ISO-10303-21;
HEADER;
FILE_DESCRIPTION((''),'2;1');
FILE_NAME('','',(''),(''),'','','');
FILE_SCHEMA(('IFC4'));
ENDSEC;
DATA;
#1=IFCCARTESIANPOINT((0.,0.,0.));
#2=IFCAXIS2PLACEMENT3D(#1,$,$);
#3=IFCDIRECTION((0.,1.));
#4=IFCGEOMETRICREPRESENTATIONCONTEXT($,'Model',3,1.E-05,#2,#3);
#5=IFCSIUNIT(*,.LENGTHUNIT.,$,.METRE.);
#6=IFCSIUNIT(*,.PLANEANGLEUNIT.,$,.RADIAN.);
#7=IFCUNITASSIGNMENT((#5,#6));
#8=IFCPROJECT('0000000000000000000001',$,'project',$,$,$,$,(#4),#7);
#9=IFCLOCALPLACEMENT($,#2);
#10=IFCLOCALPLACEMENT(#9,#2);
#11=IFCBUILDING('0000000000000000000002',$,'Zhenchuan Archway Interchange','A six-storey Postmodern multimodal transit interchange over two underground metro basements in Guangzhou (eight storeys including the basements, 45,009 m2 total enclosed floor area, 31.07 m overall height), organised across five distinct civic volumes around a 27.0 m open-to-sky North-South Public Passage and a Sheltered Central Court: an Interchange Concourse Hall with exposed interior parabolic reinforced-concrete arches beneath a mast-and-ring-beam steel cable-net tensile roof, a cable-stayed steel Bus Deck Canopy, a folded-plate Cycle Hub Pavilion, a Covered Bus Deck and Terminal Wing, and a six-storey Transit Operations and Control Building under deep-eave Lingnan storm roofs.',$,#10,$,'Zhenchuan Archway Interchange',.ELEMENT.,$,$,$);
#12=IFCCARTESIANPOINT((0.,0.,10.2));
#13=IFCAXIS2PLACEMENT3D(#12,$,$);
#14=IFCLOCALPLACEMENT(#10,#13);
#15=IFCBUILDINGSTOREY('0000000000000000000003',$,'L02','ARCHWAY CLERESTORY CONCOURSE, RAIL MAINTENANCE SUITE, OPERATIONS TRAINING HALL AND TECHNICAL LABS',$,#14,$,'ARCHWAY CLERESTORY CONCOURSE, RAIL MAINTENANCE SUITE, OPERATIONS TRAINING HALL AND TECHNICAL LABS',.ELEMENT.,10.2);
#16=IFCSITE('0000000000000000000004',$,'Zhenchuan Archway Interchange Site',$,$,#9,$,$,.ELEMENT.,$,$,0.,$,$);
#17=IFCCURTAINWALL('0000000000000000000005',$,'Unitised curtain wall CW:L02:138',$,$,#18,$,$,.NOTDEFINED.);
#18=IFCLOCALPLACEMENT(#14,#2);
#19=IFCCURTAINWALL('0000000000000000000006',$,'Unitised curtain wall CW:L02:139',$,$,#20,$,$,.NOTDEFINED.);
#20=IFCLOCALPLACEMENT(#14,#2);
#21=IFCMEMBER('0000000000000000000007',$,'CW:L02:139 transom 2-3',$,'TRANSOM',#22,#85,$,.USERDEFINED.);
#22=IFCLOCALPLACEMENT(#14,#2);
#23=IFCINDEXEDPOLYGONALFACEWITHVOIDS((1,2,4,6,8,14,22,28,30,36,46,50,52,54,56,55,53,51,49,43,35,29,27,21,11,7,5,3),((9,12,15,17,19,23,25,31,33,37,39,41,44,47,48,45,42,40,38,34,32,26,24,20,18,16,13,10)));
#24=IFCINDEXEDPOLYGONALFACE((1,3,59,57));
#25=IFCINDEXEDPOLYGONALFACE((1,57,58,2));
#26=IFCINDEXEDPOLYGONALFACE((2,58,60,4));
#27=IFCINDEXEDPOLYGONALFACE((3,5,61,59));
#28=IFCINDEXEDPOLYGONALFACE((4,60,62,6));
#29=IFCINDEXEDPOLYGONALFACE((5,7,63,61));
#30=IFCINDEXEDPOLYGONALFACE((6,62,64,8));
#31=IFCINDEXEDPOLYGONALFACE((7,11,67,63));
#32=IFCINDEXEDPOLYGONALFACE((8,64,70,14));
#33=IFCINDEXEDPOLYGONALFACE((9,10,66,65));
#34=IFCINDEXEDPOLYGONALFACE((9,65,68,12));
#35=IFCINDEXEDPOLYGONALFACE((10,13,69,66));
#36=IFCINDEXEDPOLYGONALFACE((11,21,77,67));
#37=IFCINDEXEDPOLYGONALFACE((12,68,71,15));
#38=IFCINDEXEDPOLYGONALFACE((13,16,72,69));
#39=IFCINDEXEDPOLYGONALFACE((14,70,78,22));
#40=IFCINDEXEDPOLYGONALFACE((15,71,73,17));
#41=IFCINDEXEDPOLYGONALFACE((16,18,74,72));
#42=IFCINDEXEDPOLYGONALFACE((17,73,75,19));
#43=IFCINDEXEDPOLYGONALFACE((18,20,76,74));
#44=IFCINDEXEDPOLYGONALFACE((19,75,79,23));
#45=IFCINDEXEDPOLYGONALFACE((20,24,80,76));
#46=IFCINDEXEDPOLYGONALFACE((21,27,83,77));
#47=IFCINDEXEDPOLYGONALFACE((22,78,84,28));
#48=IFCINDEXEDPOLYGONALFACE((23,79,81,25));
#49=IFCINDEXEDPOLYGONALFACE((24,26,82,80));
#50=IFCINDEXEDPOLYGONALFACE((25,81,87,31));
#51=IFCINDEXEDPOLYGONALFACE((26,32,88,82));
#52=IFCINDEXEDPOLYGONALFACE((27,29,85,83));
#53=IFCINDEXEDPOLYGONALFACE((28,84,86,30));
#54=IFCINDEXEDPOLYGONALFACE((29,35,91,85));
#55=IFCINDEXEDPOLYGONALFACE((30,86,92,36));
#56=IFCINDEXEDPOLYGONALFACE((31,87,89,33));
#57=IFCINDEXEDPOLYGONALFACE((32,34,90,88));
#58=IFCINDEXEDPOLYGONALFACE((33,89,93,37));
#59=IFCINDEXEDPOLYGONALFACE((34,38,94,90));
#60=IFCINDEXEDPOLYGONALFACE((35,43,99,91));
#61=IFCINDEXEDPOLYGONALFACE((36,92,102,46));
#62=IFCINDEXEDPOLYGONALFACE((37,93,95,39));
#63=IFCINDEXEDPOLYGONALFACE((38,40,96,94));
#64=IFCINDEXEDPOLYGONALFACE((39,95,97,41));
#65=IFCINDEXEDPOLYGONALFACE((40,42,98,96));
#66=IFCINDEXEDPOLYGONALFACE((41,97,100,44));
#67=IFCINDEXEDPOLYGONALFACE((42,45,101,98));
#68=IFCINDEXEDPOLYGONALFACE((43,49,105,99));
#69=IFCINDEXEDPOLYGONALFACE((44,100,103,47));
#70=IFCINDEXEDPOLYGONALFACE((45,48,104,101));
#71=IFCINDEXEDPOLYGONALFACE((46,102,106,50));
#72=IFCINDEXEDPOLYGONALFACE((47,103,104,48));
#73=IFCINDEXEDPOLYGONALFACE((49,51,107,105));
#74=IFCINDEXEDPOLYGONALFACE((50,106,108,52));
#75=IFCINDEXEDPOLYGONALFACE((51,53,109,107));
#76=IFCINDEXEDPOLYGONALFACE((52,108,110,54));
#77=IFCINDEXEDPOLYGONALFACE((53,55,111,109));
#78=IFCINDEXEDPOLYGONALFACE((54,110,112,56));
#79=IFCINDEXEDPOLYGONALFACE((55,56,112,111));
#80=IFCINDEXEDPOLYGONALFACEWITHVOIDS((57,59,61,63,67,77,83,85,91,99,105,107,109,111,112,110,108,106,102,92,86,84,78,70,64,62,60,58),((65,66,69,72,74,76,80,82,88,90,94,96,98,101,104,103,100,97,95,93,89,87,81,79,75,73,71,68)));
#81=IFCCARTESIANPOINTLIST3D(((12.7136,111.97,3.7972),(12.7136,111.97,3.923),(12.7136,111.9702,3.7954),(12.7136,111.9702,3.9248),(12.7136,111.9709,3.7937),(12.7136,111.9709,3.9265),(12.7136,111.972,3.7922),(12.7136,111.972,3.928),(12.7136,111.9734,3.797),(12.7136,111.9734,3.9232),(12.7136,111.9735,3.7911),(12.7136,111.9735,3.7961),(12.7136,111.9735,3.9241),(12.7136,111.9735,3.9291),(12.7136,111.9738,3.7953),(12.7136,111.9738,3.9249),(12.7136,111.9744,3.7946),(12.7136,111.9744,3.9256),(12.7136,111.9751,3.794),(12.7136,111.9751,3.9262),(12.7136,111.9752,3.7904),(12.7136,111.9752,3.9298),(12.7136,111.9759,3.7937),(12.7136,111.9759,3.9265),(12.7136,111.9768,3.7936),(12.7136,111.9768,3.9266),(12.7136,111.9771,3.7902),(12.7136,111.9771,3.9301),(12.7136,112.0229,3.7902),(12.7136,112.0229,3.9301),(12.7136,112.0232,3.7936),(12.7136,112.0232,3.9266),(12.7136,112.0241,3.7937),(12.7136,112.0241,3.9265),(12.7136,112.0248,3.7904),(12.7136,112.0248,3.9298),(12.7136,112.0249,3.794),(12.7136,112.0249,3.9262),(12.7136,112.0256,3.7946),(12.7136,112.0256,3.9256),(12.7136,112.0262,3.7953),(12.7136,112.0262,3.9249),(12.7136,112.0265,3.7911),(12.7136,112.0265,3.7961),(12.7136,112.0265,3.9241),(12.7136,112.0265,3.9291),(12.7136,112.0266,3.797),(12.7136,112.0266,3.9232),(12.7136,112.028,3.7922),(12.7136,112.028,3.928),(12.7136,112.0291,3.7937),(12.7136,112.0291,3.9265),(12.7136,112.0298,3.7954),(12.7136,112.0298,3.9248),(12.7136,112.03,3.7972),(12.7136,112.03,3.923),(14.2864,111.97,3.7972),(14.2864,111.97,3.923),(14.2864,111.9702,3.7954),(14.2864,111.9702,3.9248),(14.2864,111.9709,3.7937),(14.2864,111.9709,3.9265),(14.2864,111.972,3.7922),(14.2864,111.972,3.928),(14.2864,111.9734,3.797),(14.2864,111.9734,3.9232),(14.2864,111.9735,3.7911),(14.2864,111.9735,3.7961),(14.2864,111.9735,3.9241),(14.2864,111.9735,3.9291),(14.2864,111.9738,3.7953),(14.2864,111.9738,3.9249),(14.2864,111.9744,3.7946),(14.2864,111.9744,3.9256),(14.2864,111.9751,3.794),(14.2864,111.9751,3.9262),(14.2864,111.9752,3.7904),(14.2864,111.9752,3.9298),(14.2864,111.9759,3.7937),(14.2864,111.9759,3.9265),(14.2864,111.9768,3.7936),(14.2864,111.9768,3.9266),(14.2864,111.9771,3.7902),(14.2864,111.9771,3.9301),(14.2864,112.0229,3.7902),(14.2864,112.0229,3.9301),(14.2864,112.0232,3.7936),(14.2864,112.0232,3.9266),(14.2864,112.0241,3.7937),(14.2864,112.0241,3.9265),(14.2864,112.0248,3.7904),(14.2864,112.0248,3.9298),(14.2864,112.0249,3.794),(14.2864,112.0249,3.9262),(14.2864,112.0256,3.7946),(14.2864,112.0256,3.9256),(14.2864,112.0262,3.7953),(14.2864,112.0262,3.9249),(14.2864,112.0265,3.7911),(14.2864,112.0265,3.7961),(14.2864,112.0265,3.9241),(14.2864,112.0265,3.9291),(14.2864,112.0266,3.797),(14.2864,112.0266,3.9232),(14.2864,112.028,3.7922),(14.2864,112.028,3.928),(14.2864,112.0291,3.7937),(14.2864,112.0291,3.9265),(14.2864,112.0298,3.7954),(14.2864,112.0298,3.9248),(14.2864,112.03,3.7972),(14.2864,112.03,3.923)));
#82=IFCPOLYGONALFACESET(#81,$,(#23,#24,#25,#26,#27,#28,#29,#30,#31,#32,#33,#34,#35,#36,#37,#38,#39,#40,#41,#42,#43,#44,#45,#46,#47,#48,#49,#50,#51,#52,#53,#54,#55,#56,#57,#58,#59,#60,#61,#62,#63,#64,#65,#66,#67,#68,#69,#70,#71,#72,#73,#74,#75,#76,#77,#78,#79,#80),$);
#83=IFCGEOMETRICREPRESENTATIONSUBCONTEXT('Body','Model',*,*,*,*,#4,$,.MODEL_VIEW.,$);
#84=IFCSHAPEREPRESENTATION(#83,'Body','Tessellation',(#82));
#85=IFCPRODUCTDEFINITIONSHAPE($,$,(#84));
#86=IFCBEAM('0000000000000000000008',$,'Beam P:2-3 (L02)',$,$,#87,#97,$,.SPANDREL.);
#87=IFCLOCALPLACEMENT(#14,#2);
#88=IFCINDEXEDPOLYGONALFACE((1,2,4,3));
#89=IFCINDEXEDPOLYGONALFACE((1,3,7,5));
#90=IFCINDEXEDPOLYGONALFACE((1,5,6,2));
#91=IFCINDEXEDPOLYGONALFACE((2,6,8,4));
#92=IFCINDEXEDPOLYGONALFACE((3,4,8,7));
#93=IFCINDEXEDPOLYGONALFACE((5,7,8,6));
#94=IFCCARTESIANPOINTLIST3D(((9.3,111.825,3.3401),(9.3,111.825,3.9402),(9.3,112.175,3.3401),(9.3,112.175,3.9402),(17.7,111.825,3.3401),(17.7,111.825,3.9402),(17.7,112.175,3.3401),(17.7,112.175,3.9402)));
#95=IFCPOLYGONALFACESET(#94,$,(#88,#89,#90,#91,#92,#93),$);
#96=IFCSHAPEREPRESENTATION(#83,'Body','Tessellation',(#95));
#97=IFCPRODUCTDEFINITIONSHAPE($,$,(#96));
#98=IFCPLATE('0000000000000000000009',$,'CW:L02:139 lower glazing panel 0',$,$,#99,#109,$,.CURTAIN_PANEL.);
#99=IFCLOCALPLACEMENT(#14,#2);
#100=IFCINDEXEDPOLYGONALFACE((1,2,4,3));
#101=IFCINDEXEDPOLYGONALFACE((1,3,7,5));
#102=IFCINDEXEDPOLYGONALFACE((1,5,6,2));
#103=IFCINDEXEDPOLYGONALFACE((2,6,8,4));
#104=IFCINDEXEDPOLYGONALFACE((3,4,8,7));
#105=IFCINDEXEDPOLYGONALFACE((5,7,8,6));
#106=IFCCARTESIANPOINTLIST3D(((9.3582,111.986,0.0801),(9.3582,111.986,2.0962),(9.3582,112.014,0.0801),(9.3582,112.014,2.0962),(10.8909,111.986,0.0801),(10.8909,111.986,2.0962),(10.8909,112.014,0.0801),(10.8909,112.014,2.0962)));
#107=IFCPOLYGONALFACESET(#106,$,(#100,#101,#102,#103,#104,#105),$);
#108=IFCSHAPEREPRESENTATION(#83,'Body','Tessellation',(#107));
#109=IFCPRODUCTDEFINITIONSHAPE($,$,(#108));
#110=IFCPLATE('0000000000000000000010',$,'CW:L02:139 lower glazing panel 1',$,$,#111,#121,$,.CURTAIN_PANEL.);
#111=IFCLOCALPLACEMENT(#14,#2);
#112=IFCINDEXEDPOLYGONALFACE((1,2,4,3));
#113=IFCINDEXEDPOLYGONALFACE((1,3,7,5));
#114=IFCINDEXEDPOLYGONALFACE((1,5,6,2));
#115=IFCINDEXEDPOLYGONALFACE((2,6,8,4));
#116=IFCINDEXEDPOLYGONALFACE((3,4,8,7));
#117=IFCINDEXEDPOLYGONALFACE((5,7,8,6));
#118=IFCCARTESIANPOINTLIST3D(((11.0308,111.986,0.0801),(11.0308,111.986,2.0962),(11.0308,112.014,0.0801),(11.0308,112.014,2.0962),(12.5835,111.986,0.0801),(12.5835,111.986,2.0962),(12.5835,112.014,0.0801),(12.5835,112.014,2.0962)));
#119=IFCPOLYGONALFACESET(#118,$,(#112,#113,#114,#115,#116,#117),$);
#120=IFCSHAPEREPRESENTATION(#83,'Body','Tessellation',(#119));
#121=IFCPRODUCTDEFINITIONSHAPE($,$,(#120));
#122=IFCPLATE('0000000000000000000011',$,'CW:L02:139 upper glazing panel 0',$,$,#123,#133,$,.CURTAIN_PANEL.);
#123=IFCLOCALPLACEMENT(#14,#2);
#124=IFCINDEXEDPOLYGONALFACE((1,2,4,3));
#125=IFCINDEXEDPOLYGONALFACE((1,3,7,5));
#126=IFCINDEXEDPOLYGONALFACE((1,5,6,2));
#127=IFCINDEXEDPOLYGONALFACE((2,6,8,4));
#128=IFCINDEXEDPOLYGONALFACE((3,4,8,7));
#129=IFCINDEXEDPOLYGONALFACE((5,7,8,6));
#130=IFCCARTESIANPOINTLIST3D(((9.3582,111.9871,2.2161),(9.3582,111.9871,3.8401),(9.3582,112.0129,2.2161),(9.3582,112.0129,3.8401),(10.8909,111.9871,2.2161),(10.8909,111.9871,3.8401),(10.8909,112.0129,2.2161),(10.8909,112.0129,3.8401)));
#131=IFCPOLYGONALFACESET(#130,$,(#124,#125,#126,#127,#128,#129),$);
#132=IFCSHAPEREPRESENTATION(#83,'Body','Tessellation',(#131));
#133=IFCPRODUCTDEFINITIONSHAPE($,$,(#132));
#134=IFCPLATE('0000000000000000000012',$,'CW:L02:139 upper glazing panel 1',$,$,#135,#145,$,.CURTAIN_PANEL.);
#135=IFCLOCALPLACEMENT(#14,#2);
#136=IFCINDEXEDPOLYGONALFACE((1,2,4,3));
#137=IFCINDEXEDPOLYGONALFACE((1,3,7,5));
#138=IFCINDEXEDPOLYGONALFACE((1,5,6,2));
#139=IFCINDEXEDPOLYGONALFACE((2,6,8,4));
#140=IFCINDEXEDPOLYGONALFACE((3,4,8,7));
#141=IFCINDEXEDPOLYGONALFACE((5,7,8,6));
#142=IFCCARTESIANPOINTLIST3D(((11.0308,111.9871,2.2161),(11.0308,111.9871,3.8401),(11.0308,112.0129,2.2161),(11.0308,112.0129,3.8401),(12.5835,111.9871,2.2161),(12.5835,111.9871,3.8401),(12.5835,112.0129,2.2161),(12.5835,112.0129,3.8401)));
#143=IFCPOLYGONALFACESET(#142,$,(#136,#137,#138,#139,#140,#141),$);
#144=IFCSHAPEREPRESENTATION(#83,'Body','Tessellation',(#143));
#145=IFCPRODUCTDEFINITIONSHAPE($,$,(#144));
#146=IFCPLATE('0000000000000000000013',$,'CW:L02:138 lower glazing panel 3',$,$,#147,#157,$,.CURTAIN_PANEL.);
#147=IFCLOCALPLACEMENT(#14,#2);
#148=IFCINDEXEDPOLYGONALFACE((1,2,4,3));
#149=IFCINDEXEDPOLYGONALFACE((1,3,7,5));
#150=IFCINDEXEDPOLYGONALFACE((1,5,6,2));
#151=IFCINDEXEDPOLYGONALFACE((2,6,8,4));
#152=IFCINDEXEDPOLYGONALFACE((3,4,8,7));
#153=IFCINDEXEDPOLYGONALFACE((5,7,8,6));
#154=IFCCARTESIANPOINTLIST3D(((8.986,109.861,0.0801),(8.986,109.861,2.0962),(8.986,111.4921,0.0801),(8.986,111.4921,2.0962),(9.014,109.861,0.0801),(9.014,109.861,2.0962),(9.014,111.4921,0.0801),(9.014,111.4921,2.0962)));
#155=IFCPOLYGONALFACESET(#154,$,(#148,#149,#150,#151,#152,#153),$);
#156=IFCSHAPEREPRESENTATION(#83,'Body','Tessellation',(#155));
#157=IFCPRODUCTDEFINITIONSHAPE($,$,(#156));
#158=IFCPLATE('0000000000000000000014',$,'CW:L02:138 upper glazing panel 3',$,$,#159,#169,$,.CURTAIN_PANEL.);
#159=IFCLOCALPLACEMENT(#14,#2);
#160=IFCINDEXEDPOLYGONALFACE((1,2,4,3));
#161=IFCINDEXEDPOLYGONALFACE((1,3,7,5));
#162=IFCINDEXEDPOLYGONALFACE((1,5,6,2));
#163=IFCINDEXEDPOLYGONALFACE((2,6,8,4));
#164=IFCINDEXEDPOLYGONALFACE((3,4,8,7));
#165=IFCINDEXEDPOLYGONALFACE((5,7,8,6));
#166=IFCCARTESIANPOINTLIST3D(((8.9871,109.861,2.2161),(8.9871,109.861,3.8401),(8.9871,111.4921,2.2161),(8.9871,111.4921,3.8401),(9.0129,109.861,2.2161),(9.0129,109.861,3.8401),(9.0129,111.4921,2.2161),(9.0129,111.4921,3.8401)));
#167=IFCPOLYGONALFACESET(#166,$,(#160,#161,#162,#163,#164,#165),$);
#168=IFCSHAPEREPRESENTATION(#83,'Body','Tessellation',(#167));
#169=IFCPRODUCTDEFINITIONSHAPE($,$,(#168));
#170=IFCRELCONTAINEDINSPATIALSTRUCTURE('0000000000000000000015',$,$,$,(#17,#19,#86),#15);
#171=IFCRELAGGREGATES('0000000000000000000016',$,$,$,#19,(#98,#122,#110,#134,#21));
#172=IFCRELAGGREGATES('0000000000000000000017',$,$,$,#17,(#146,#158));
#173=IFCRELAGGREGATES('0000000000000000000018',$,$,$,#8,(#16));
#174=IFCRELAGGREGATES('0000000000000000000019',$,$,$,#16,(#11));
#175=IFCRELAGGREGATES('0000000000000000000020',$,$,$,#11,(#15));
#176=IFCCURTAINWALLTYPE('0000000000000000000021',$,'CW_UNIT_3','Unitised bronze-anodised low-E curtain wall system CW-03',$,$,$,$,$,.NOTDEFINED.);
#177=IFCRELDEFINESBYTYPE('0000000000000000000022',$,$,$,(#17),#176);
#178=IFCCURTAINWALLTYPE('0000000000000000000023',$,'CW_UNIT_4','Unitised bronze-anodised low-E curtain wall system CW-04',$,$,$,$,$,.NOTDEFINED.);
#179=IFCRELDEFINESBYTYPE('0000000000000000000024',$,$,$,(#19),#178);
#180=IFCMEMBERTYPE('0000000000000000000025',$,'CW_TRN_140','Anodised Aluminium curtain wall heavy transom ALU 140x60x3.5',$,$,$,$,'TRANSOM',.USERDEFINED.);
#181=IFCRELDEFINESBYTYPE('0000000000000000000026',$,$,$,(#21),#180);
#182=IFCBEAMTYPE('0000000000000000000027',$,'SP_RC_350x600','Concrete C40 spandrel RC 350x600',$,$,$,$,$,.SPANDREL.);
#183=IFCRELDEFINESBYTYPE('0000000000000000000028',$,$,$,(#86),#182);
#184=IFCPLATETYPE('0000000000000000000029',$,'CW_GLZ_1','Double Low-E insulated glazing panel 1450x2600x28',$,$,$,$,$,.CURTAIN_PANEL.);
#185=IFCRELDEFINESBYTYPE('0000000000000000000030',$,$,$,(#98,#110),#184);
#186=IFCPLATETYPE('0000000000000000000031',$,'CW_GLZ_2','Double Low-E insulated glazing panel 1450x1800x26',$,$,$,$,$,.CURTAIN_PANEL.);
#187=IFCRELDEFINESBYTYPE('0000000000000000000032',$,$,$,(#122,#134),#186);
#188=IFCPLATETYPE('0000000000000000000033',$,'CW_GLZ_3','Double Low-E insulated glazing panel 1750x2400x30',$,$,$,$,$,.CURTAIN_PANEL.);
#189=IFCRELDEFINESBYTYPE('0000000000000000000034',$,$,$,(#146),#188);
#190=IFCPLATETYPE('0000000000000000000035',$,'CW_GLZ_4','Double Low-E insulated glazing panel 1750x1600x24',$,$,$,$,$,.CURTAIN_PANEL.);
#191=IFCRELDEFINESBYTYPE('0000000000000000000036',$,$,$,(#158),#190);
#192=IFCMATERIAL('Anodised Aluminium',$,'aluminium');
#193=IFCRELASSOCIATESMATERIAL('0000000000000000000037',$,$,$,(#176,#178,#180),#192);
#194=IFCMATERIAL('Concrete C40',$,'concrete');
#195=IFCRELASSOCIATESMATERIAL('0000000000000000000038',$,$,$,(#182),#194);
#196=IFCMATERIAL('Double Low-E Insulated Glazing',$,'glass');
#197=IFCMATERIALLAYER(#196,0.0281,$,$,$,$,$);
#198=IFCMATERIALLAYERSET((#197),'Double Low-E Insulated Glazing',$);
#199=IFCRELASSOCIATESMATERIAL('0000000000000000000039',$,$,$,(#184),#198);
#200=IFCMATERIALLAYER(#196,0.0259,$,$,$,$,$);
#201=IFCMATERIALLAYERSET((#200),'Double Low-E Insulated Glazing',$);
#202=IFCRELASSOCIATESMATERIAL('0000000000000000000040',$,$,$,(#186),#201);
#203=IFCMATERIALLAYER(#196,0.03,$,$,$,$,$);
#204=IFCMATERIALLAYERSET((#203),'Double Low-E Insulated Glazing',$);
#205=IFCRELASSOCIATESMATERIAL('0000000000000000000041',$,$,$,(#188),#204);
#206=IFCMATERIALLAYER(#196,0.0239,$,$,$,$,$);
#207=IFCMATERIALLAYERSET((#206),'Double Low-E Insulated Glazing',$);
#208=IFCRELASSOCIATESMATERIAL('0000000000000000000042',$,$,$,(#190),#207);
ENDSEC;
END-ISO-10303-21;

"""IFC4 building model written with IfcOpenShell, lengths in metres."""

from ifc_helpers import new_model, si_unit, direction, frame, origin, origin_2d, place, context, subcontext, project, spatial, rectangle, hollow_rectangle, extrude, material, layer, layer_set, material_profile, profile_set, type_object, element, aggregate, save


model = new_model("IFC4")

# Units and contexts
model_context = context("Model", 3, precision=1e-05, world=origin(), true_north=direction((0.0, 1.0)))
body_context = subcontext(model_context, "Body", "Model", "MODEL_VIEW")
ifc_project = project(units=[si_unit("LENGTHUNIT", "METRE"), si_unit("PLANEANGLEUNIT", "RADIAN")], contexts=[model_context])

# Site, building, storey
site_placement = place(None, origin())
site = spatial("IfcSite", under=ifc_project, at=site_placement, Name="Zhenchuan Archway Interchange Site", CompositionType="ELEMENT", RefElevation=0.0)
building_placement = place(site_placement, origin())
building = spatial("IfcBuilding", under=site, at=building_placement, Name="Zhenchuan Archway Interchange", Description="A six-storey Postmodern multimodal transit interchange over two underground metro basements in Guangzhou (eight storeys including the basements, 45,009 m2 total enclosed floor area, 31.07 m overall height), organised across five distinct civic volumes around a 27.0 m open-to-sky North-South Public Passage and a Sheltered Central Court: an Interchange Concourse Hall with exposed interior parabolic reinforced-concrete arches beneath a mast-and-ring-beam steel cable-net tensile roof, a cable-stayed steel Bus Deck Canopy, a folded-plate Cycle Hub Pavilion, a Covered Bus Deck and Terminal Wing, and a six-storey Transit Operations and Control Building under deep-eave Lingnan storm roofs.", LongName="Zhenchuan Archway Interchange", CompositionType="ELEMENT")
storey_placement = place(building_placement, frame((0.0, 0.0, 10.2)))
storey = spatial("IfcBuildingStorey", under=building, at=storey_placement, Name="L02", Description="ARCHWAY CLERESTORY CONCOURSE, RAIL MAINTENANCE SUITE, OPERATIONS TRAINING HALL AND TECHNICAL LABS", LongName="ARCHWAY CLERESTORY CONCOURSE, RAIL MAINTENANCE SUITE, OPERATIONS TRAINING HALL AND TECHNICAL LABS", CompositionType="ELEMENT", Elevation=10.2)

# Shared definitions
ifc_material_1 = material(Name="Concrete C40", Category="concrete")

# Curtain wall
ifc_material_2 = material(Name="Anodised Aluminium", Category="aluminium")
curtain_wall_type_1 = type_object("IfcCurtainWallType", Name="CW_UNIT_3", Description="Unitised bronze-anodised low-E curtain wall system CW-03", PredefinedType="NOTDEFINED", material=ifc_material_2)
curtain_wall_1_placement = place(storey_placement, origin())
curtain_wall_1 = element("IfcCurtainWall", 1, at=curtain_wall_1_placement, inside=storey, type_object=curtain_wall_type_1, Name="Unitised curtain wall CW:L02:138", PredefinedType="NOTDEFINED")

# Curtain wall, member
curtain_wall_type_2 = type_object("IfcCurtainWallType", Name="CW_UNIT_4", Description="Unitised bronze-anodised low-E curtain wall system CW-04", PredefinedType="NOTDEFINED", material=ifc_material_2)
curtain_wall_2_placement = place(storey_placement, origin())
curtain_wall_2 = element("IfcCurtainWall", 2, at=curtain_wall_2_placement, inside=storey, type_object=curtain_wall_type_2, Name="Unitised curtain wall CW:L02:139", PredefinedType="NOTDEFINED")
ifc_material_profile_1 = material_profile(ifc_material_2, hollow_rectangle(XDim=0.0601, YDim=0.1399, WallThickness=0.0034, InnerFilletRadius=0.0034, OuterFilletRadius=0.0071, at=origin_2d()), Name="ALU 140x60x3.5")
ifc_profile_set_1 = profile_set([ifc_material_profile_1], Name="Anodised Aluminium")
member_type_1 = type_object("IfcMemberType", Name="CW_TRN_140", Description="Anodised Aluminium curtain wall heavy transom ALU 140x60x3.5", ElementType="TRANSOM", PredefinedType="USERDEFINED", material=ifc_profile_set_1)
member_1_placement = place(storey_placement, frame((12.7136, 112.0, 3.8601), z_axis=(1.0, 0.0, 0.0), x_axis=(0.0, 1.0, 0.0)))
member_1 = element("IfcMember", 3, at=member_1_placement, type_object=member_type_1, Name="CW:L02:139 transom 2-3", ObjectType="TRANSOM", PredefinedType="USERDEFINED", context=body_context, shape_type="SweptSolid", body=[
    extrude(hollow_rectangle(XDim=0.0601, YDim=0.1399, WallThickness=0.0034, InnerFilletRadius=0.0034, OuterFilletRadius=0.0071, at=origin_2d()), origin(), (0.0, 0.0, 1.0), 1.5728),
])

# Beam
ifc_material_profile_2 = material_profile(ifc_material_1, rectangle(XDim=0.3501, YDim=0.6001, at=origin_2d()), Name="RC 350x600")
ifc_profile_set_2 = profile_set([ifc_material_profile_2], Name="Concrete C40")
beam_type = type_object("IfcBeamType", Name="SP_RC_350x600", Description="Concrete C40 spandrel RC 350x600", PredefinedType="SPANDREL", material=ifc_profile_set_2)
beam_placement = place(storey_placement, frame((9.3, 112.0, 3.6401), z_axis=(1.0, 0.0, 0.0), x_axis=(0.0, 1.0, 0.0)))
element("IfcBeam", 4, at=beam_placement, inside=storey, type_object=beam_type, Name="Beam P:2-3 (L02)", PredefinedType="SPANDREL", context=body_context, shape_type="SweptSolid", body=[
    extrude(rectangle(XDim=0.3501, YDim=0.6001, at=origin_2d()), origin(), (0.0, 0.0, 1.0), 8.3999),
])

# Plates
ifc_material_3 = material(Name="Double Low-E Insulated Glazing", Category="glass")
ifc_layer_1 = layer(ifc_material_3, 0.0281)
ifc_layer_set_1 = layer_set([ifc_layer_1], Name="Double Low-E Insulated Glazing")
plate_type_1 = type_object("IfcPlateType", Name="CW_GLZ_1", Description="Double Low-E insulated glazing panel 1450x2600x28", PredefinedType="CURTAIN_PANEL", material=ifc_layer_set_1)
plate_1_placement = place(storey_placement, frame((10.1245, 112.0, 0.0801), z_axis=(0.0, 0.0, 1.0), x_axis=(1.0, 0.0, 0.0)))
plate_1 = element("IfcPlate", 5, at=plate_1_placement, type_object=plate_type_1, Name="CW:L02:139 lower glazing panel 0", PredefinedType="CURTAIN_PANEL", context=body_context, shape_type="SweptSolid", body=[
    extrude(rectangle(XDim=1.5327, YDim=0.0281, at=origin_2d()), origin(), (0.0, 0.0, 1.0), 2.0161),
])
plate_2_placement = place(storey_placement, frame((11.8071, 112.0, 0.0801), z_axis=(0.0, 0.0, 1.0), x_axis=(1.0, 0.0, 0.0)))
plate_2 = element("IfcPlate", 6, at=plate_2_placement, type_object=plate_type_1, Name="CW:L02:139 lower glazing panel 1", PredefinedType="CURTAIN_PANEL", context=body_context, shape_type="SweptSolid", body=[
    extrude(rectangle(XDim=1.5527, YDim=0.0281, at=origin_2d()), origin(), (0.0, 0.0, 1.0), 2.0161),
])
ifc_layer_2 = layer(ifc_material_3, 0.0259)
ifc_layer_set_2 = layer_set([ifc_layer_2], Name="Double Low-E Insulated Glazing")
plate_type_2 = type_object("IfcPlateType", Name="CW_GLZ_2", Description="Double Low-E insulated glazing panel 1450x1800x26", PredefinedType="CURTAIN_PANEL", material=ifc_layer_set_2)
plate_3_placement = place(storey_placement, frame((10.1245, 112.0, 2.2161), z_axis=(0.0, 0.0, 1.0), x_axis=(1.0, 0.0, 0.0)))
plate_3 = element("IfcPlate", 7, at=plate_3_placement, type_object=plate_type_2, Name="CW:L02:139 upper glazing panel 0", PredefinedType="CURTAIN_PANEL", context=body_context, shape_type="SweptSolid", body=[
    extrude(rectangle(XDim=1.5327, YDim=0.0259, at=origin_2d()), origin(), (0.0, 0.0, 1.0), 1.624),
])
plate_4_placement = place(storey_placement, frame((11.8071, 112.0, 2.2161), z_axis=(0.0, 0.0, 1.0), x_axis=(1.0, 0.0, 0.0)))
plate_4 = element("IfcPlate", 8, at=plate_4_placement, type_object=plate_type_2, Name="CW:L02:139 upper glazing panel 1", PredefinedType="CURTAIN_PANEL", context=body_context, shape_type="SweptSolid", body=[
    extrude(rectangle(XDim=1.5527, YDim=0.0259, at=origin_2d()), origin(), (0.0, 0.0, 1.0), 1.624),
])
aggregate(curtain_wall_2, [plate_1, plate_3, plate_2, plate_4, member_1])
ifc_layer_3 = layer(ifc_material_3, 0.03)
ifc_layer_set_3 = layer_set([ifc_layer_3], Name="Double Low-E Insulated Glazing")
plate_type_3 = type_object("IfcPlateType", Name="CW_GLZ_3", Description="Double Low-E insulated glazing panel 1750x2400x30", PredefinedType="CURTAIN_PANEL", material=ifc_layer_set_3)
plate_5_placement = place(storey_placement, frame((9.0, 110.6765, 0.0801), z_axis=(0.0, 0.0, 1.0), x_axis=(0.0, 1.0, 0.0)))
plate_5 = element("IfcPlate", 9, at=plate_5_placement, type_object=plate_type_3, Name="CW:L02:138 lower glazing panel 3", PredefinedType="CURTAIN_PANEL", context=body_context, shape_type="SweptSolid", body=[
    extrude(rectangle(XDim=1.6311, YDim=0.0281, at=origin_2d()), origin(), (0.0, 0.0, 1.0), 2.0161),
])
ifc_layer_4 = layer(ifc_material_3, 0.0239)
ifc_layer_set_4 = layer_set([ifc_layer_4], Name="Double Low-E Insulated Glazing")
plate_type_4 = type_object("IfcPlateType", Name="CW_GLZ_4", Description="Double Low-E insulated glazing panel 1750x1600x24", PredefinedType="CURTAIN_PANEL", material=ifc_layer_set_4)
plate_6_placement = place(storey_placement, frame((9.0, 110.6765, 2.2161), z_axis=(0.0, 0.0, 1.0), x_axis=(0.0, 1.0, 0.0)))
plate_6 = element("IfcPlate", 10, at=plate_6_placement, type_object=plate_type_4, Name="CW:L02:138 upper glazing panel 3", PredefinedType="CURTAIN_PANEL", context=body_context, shape_type="SweptSolid", body=[
    extrude(rectangle(XDim=1.6311, YDim=0.0259, at=origin_2d()), origin(), (0.0, 0.0, 1.0), 1.624),
])
aggregate(curtain_wall_1, [plate_5, plate_6])

save(model, "model.ifc")
